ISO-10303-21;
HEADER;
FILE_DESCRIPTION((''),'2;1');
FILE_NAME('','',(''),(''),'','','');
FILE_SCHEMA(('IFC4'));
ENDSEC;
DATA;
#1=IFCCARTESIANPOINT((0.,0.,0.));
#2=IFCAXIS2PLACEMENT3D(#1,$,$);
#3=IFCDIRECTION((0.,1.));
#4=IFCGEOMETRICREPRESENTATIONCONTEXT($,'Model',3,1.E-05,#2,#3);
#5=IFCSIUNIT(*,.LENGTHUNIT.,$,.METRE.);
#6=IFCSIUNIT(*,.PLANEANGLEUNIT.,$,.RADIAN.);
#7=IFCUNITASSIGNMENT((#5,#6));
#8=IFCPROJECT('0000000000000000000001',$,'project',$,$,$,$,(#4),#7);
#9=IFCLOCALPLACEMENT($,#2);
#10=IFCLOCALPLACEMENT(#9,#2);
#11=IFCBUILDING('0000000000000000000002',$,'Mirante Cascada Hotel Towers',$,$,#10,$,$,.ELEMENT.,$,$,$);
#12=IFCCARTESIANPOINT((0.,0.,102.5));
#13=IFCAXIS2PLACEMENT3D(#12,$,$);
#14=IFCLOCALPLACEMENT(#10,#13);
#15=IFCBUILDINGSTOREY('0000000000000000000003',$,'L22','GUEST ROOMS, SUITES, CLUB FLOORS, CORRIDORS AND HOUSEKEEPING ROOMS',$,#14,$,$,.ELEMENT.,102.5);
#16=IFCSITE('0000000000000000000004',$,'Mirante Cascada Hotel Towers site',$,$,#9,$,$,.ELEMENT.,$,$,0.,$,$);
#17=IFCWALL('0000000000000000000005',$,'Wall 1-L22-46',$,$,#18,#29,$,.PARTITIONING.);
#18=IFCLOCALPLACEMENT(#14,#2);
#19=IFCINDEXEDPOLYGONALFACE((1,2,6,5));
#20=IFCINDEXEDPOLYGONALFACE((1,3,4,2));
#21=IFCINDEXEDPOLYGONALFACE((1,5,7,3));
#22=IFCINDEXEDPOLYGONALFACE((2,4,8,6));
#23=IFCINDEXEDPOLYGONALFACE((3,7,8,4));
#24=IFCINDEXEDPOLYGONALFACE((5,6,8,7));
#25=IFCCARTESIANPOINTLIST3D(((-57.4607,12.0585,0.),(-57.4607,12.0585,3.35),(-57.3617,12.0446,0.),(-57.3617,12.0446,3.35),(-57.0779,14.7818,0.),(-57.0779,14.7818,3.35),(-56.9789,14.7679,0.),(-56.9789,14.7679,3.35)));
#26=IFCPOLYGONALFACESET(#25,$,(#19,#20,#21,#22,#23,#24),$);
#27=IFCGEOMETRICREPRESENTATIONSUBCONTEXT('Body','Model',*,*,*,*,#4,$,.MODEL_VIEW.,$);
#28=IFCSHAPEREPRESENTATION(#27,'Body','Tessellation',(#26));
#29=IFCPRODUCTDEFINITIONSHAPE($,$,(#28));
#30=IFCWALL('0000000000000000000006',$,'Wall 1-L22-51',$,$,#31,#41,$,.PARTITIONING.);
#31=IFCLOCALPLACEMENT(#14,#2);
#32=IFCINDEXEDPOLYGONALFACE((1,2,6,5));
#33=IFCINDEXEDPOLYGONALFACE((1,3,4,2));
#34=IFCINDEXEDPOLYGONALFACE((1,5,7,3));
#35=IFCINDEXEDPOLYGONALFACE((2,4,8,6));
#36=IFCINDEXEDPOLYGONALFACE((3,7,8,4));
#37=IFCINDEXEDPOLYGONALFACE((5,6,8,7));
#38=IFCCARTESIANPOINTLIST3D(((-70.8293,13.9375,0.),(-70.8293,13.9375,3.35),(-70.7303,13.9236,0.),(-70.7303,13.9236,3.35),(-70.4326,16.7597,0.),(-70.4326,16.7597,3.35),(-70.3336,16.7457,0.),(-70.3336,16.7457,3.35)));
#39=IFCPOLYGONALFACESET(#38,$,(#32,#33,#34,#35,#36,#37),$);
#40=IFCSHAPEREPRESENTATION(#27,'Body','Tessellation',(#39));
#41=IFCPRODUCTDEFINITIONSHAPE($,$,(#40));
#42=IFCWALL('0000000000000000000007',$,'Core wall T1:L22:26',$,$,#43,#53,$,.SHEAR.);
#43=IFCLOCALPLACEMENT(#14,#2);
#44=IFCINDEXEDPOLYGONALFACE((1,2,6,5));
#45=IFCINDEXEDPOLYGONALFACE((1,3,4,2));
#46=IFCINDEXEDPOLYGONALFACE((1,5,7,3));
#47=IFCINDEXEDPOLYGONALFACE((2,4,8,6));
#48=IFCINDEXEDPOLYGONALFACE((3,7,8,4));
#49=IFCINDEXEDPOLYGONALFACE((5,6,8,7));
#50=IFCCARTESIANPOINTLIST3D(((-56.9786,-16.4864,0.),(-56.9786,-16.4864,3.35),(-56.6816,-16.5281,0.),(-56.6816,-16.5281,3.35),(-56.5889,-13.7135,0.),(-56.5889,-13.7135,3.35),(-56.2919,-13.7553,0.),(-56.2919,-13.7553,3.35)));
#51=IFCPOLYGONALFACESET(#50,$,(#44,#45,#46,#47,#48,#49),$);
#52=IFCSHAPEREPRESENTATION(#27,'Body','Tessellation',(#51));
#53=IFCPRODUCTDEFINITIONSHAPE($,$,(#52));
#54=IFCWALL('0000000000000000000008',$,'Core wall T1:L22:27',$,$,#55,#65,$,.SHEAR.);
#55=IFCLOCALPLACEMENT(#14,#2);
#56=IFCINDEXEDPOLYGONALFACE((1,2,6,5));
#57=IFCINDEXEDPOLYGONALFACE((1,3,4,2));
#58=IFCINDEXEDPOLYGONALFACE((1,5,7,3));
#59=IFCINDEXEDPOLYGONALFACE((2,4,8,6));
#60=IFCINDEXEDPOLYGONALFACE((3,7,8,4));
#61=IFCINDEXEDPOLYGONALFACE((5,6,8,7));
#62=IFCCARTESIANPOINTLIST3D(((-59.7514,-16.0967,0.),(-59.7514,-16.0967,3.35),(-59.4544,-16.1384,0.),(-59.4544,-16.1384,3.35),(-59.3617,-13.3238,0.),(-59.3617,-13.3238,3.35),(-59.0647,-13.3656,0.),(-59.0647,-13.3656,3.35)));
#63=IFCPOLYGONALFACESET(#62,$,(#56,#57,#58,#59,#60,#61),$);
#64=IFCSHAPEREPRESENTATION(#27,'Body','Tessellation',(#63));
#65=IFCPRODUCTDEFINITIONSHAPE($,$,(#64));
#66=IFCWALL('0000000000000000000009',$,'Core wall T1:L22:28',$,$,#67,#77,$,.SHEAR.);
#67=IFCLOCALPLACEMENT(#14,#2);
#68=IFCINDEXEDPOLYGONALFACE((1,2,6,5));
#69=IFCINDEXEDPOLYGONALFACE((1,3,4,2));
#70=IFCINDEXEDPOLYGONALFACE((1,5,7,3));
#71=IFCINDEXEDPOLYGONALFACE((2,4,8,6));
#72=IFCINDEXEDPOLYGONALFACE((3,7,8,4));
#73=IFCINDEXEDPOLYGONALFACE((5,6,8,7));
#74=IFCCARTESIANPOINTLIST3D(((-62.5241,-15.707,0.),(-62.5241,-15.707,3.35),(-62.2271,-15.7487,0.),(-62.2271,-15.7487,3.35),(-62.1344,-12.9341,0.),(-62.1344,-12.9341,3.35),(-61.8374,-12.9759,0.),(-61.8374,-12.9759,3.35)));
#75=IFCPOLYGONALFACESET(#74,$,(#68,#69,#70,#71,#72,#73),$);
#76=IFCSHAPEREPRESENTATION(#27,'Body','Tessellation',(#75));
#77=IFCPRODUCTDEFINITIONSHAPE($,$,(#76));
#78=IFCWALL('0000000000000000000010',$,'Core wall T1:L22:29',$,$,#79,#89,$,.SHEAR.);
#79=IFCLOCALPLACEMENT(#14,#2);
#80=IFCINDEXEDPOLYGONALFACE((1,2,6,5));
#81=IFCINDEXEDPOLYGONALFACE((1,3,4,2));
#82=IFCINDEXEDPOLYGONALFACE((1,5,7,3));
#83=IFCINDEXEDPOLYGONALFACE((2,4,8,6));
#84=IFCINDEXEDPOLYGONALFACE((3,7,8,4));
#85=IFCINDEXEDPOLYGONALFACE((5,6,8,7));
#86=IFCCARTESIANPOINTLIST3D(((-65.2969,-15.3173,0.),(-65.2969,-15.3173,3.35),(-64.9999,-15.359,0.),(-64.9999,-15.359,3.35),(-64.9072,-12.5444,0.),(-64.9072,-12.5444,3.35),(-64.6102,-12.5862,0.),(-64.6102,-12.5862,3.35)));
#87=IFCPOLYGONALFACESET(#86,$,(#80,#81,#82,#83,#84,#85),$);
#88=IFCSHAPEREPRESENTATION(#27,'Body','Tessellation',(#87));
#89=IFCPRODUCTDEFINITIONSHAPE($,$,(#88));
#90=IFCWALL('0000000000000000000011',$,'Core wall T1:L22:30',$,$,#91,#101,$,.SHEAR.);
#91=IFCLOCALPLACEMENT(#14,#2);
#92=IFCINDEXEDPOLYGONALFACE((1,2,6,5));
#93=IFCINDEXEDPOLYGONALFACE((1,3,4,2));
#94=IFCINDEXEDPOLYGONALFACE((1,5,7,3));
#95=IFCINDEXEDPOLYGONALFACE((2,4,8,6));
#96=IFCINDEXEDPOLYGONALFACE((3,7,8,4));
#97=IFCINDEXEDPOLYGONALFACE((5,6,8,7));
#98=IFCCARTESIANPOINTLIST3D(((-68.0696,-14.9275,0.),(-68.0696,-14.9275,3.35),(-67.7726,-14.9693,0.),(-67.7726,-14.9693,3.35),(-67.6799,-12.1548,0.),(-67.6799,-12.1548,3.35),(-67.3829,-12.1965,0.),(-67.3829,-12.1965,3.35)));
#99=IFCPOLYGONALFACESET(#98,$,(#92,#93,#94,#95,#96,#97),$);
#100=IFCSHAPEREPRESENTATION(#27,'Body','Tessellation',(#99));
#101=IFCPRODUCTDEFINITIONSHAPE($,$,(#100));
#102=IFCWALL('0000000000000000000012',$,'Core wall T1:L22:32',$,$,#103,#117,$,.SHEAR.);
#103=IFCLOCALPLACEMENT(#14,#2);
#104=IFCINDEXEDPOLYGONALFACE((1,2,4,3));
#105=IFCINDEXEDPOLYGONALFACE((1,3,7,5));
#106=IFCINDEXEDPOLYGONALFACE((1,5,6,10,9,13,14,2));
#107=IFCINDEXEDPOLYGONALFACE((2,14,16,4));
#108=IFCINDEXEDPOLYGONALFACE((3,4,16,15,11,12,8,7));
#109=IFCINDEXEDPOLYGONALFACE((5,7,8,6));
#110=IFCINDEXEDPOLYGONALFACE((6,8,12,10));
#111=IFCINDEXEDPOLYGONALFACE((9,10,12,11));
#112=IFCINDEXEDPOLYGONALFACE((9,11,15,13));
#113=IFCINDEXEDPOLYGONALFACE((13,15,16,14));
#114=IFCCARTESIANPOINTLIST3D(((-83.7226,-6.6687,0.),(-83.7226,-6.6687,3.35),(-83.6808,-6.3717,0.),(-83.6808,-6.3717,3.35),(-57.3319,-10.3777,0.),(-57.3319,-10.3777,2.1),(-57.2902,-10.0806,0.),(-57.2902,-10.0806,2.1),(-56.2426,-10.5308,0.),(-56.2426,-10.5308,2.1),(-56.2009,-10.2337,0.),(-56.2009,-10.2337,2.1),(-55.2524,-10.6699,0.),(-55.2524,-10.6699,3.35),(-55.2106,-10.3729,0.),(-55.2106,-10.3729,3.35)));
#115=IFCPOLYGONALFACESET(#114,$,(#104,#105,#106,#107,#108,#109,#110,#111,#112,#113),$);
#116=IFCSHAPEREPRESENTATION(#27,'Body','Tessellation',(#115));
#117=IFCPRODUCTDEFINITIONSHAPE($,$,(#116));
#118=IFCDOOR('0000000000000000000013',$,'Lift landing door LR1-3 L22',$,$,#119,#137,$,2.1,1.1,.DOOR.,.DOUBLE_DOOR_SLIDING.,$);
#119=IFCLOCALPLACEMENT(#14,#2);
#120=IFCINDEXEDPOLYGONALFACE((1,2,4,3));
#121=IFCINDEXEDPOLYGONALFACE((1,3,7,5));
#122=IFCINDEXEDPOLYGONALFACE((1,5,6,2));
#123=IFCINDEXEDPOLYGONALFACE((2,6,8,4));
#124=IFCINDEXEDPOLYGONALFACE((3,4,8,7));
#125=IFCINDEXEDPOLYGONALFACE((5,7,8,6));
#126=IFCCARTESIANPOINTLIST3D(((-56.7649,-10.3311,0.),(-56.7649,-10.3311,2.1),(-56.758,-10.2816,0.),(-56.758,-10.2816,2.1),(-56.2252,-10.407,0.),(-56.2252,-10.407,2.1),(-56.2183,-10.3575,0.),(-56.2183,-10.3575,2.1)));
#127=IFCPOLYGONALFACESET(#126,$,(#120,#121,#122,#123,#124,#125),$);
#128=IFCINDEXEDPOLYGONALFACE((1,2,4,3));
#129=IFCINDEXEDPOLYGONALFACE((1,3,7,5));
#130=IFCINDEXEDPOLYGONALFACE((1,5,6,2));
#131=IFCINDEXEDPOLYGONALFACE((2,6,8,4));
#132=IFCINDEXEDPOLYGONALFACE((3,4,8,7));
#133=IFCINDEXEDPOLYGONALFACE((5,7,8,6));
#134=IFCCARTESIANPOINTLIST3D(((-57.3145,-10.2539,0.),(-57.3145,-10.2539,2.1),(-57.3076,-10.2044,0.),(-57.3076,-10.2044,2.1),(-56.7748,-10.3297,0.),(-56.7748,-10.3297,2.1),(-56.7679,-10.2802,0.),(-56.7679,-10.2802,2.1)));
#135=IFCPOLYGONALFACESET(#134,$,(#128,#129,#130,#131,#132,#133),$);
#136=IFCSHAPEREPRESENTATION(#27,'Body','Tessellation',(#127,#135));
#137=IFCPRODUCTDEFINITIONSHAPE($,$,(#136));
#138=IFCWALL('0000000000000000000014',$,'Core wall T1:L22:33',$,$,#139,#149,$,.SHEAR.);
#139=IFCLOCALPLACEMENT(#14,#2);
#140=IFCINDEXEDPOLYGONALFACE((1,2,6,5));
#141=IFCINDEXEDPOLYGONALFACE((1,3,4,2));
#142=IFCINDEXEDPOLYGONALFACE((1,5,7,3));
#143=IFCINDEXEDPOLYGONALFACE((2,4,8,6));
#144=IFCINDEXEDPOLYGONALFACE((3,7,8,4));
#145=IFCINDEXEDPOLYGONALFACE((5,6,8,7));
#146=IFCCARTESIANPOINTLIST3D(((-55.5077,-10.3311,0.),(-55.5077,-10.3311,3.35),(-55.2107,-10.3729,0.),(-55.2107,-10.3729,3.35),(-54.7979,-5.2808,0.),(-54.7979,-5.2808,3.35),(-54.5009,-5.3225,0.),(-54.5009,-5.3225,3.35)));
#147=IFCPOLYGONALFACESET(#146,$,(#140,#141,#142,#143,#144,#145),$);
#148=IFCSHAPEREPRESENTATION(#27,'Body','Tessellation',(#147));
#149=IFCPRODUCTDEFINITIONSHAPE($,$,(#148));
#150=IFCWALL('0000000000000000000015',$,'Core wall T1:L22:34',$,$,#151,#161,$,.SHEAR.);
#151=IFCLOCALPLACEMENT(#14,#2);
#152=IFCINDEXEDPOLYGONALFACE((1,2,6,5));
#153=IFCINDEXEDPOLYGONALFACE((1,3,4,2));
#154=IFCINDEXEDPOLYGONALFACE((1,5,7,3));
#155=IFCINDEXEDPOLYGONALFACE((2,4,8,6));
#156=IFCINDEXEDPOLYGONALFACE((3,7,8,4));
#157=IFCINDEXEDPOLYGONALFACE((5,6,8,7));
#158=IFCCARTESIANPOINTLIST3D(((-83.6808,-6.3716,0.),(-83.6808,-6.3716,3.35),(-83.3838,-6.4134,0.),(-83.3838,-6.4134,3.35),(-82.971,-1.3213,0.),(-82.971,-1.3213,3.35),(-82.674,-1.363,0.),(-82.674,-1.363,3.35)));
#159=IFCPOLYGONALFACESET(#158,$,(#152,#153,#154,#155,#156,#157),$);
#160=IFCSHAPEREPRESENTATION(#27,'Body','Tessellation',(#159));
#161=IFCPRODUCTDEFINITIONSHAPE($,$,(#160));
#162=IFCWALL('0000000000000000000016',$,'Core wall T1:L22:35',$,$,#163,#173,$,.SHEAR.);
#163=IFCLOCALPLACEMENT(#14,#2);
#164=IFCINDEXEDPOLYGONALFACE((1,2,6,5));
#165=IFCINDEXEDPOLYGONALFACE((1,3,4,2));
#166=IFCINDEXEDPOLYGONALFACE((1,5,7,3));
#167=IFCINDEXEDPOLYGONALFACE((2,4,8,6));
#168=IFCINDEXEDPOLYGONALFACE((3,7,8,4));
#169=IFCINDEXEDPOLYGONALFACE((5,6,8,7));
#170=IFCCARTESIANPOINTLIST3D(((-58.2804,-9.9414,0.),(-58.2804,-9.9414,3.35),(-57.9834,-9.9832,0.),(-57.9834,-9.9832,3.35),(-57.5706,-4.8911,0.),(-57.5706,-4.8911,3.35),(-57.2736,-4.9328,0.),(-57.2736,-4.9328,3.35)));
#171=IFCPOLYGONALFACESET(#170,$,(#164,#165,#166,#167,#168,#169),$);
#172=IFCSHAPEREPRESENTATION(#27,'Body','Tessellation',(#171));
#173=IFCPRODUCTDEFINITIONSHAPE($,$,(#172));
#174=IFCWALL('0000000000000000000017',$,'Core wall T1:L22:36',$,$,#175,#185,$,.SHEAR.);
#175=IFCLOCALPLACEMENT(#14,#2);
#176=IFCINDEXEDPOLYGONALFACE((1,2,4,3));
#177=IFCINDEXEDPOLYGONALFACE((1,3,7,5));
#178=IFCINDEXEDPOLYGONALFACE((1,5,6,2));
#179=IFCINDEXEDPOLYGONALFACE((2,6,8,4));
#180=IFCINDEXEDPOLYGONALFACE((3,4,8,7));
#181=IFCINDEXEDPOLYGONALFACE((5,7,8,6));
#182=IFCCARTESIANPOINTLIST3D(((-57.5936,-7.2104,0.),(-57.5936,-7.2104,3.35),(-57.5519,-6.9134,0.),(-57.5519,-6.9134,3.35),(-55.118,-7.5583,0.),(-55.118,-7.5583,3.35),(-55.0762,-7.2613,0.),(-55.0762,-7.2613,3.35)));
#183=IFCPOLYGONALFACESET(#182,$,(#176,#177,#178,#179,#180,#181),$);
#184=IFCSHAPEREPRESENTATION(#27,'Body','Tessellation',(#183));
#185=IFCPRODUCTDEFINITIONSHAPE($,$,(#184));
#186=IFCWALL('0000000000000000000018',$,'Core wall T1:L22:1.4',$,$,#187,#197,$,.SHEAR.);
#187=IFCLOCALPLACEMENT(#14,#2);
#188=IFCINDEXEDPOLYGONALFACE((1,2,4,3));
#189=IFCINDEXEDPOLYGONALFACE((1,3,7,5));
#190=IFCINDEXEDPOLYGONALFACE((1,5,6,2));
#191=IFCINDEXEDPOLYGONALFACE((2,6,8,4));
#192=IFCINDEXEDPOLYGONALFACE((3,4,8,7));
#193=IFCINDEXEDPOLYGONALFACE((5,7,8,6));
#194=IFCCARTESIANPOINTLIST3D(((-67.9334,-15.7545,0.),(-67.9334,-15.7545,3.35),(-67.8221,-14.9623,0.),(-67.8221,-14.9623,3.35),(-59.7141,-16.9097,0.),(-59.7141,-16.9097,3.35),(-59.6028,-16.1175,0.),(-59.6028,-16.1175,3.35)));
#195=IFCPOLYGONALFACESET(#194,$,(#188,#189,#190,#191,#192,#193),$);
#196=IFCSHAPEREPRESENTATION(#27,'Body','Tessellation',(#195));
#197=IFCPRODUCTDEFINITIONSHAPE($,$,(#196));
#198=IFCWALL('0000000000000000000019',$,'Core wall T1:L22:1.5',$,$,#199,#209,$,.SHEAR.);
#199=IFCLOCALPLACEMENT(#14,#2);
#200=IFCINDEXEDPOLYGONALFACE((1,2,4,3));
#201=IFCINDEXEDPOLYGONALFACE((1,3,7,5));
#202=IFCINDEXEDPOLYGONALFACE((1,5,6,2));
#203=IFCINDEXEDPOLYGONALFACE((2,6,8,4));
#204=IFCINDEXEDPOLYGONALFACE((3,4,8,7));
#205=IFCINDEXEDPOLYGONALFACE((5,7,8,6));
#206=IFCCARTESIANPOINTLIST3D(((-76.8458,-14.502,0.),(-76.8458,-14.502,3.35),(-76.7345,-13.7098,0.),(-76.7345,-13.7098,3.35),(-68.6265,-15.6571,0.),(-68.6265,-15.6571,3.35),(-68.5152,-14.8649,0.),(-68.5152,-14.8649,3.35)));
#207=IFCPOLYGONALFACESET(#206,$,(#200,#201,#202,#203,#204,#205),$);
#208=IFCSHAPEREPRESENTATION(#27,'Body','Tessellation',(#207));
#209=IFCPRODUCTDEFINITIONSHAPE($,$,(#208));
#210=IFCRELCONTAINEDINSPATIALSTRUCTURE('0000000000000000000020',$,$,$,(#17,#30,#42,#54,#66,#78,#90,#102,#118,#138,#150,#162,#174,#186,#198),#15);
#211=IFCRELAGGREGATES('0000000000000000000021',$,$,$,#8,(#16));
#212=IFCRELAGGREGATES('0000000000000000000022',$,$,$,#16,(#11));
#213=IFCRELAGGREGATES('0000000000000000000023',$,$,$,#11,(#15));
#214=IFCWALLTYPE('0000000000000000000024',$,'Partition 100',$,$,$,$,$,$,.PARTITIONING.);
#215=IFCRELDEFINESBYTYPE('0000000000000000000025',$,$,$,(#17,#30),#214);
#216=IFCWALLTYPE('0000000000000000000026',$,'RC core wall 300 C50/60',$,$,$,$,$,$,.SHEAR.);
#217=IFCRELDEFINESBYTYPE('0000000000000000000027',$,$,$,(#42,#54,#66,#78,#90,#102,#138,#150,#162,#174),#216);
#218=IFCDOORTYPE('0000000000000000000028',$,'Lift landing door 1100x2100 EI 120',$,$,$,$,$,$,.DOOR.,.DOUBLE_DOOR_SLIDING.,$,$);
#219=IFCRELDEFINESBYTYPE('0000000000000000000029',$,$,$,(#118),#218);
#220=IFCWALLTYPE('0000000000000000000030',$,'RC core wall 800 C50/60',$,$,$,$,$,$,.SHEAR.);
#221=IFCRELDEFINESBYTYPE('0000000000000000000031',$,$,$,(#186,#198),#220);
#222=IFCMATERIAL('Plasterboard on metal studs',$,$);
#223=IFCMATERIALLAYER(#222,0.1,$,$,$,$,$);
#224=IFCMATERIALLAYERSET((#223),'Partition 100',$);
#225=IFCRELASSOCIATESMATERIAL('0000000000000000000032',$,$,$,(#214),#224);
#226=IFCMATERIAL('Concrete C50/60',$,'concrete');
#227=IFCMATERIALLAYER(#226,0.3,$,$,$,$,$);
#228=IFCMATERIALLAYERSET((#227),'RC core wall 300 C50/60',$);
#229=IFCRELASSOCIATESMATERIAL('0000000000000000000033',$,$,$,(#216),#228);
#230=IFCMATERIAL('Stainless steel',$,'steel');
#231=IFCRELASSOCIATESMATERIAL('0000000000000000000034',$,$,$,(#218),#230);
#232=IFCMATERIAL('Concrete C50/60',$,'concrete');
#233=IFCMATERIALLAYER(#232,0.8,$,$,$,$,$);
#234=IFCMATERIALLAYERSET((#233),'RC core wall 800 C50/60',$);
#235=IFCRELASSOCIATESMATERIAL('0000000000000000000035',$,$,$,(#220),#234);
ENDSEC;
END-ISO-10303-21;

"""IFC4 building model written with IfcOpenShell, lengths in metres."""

from ifc_helpers import new_model, si_unit, direction, frame, frame_2d, origin, place, context, subcontext, project, spatial, rectangle, extrude, material, layer, layer_set, type_object, element, fill, save


model = new_model("IFC4")

# Units and contexts
model_context = context("Model", 3, precision=1e-05, world=origin(), true_north=direction((0.0, 1.0)))
body_context = subcontext(model_context, "Body", "Model", "MODEL_VIEW")
ifc_project = project(units=[si_unit("LENGTHUNIT", "METRE"), si_unit("PLANEANGLEUNIT", "RADIAN")], contexts=[model_context])

# Site, building, storey
site_placement = place(None, origin())
site = spatial("IfcSite", under=ifc_project, at=site_placement, Name="Mirante Cascada Hotel Towers site", CompositionType="ELEMENT", RefElevation=0.0)
building_placement = place(site_placement, origin())
building = spatial("IfcBuilding", under=site, at=building_placement, Name="Mirante Cascada Hotel Towers", CompositionType="ELEMENT")
storey_placement = place(building_placement, frame((0.0, 0.0, 102.5)))
storey = spatial("IfcBuildingStorey", under=building, at=storey_placement, Name="L22", Description="GUEST ROOMS, SUITES, CLUB FLOORS, CORRIDORS AND HOUSEKEEPING ROOMS", CompositionType="ELEMENT", Elevation=102.5)

# Walls
ifc_material_1 = material(Name="Plasterboard on metal studs")
ifc_layer_1 = layer(ifc_material_1, 0.1)
ifc_layer_set_1 = layer_set([ifc_layer_1], Name="Partition 100")
wall_type_1 = type_object("IfcWallType", Name="Partition 100", PredefinedType="PARTITIONING", material=ifc_layer_set_1)
wall_1_placement = place(storey_placement, frame((-57.0284, 14.7749, 0.0), z_axis=(0.0, 0.0, 1.0), x_axis=(-0.139196, -0.990265, 0.0)))
element("IfcWall", 1, at=wall_1_placement, inside=storey, type_object=wall_type_1, Name="Wall 1-L22-46", PredefinedType="PARTITIONING", context=body_context, shape_type="SweptSolid", body=[
    extrude(rectangle(XDim=2.7501, YDim=0.1, at=frame_2d((1.3751, 0.0))), origin(), (0.0, 0.0, 1.0), 3.35),
])
wall_2_placement = place(storey_placement, frame((-70.7798, 13.9305, 0.0), z_axis=(0.0, 0.0, 1.0), x_axis=(0.139196, 0.990265, 0.0)))
element("IfcWall", 2, at=wall_2_placement, inside=storey, type_object=wall_type_1, Name="Wall 1-L22-51", PredefinedType="PARTITIONING", context=body_context, shape_type="SweptSolid", body=[
    extrude(rectangle(XDim=2.8499, YDim=0.1, at=frame_2d((1.425, 0.0))), origin(), (0.0, 0.0, 1.0), 3.35),
])
ifc_material_2 = material(Name="Concrete C50/60", Category="concrete")
ifc_layer_2 = layer(ifc_material_2, 0.3)
ifc_layer_set_2 = layer_set([ifc_layer_2], Name="RC core wall 300 C50/60")
wall_type_2 = type_object("IfcWallType", Name="RC core wall 300 C50/60", PredefinedType="SHEAR", material=ifc_layer_set_2)
for number, where, z_axis, x_axis, name in (
    (3, (-56.8301, -16.5072, 0.0), (0.0, 0.0, 1.0), (0.139176, 0.990268, 0.0), "Core wall T1:L22:26"),
    (4, (-59.6029, -16.1175, 0.0), (0.0, 0.0, 1.0), (0.139176, 0.990268, 0.0), "Core wall T1:L22:27"),
    (5, (-62.3756, -15.7278, 0.0), (0.0, 0.0, 1.0), (0.139176, 0.990268, 0.0), "Core wall T1:L22:28"),
    (6, (-65.1484, -15.3381, 0.0), (0.0, 0.0, 1.0), (0.139176, 0.990268, 0.0), "Core wall T1:L22:29"),
):
    element("IfcWall", number, at=place(storey_placement, frame(where, z_axis=z_axis, x_axis=x_axis)), inside=storey, type_object=wall_type_2, Name=name, PredefinedType="SHEAR", context=body_context, shape_type="SweptSolid", body=[
        extrude(rectangle(XDim=2.8001, YDim=0.3, at=frame_2d((1.4, 0.0))), origin(), (0.0, 0.0, 1.0), 3.35),
    ])
wall_3_placement = place(storey_placement, frame((-67.9211, -14.9484, 0.0), z_axis=(0.0, 0.0, 1.0), x_axis=(0.139181, 0.990267, 0.0)))
element("IfcWall", 7, at=wall_3_placement, inside=storey, type_object=wall_type_2, Name="Core wall T1:L22:30", PredefinedType="SHEAR", context=body_context, shape_type="SweptSolid", body=[
    extrude(rectangle(XDim=2.8, YDim=0.3, at=frame_2d((1.4, 0.0))), origin(), (0.0, 0.0, 1.0), 3.35),
])

# Wall, opening, door
wall_4_placement = place(storey_placement, frame((-55.2315, -10.5214, 0.0), z_axis=(0.0, 0.0, 1.0), x_axis=(-0.990268, 0.139172, 0.0)))
wall_4 = element("IfcWall", 8, at=wall_4_placement, inside=storey, type_object=wall_type_2, Name="Core wall T1:L22:32", PredefinedType="SHEAR", context=body_context, shape_type="SweptSolid", body=[
    extrude(rectangle(XDim=28.75, YDim=0.3, at=frame_2d((14.375, 0.0))), origin(), (0.0, 0.0, 1.0), 3.35),
])
opening_placement = place(wall_4_placement, frame((1.0, 0.0, 0.0)))
opening = element("IfcOpeningElement", 9, at=opening_placement, cuts=wall_4, PredefinedType="OPENING", context=body_context, shape_type="SweptSolid", body=[
    extrude(rectangle(XDim=1.1, YDim=2.1, at=frame_2d((0.55, 1.05))), frame((0.0, 0.15, 0.0), z_axis=(0.0, -1.0, 0.0), x_axis=(1.0, 0.0, 0.0)), (0.0, 0.0, 1.0), 0.3),
])
ifc_material_3 = material(Name="Stainless steel", Category="steel")
door_type = type_object("IfcDoorType", Name="Lift landing door 1100x2100 EI 120", OperationType="DOUBLE_DOOR_SLIDING", PredefinedType="DOOR", material=ifc_material_3)
door_placement = place(opening_placement, origin())
door = element("IfcDoor", 10, at=door_placement, inside=storey, type_object=door_type, Name="Lift landing door LR1-3 L22", OperationType="DOUBLE_DOOR_SLIDING", OverallHeight=2.1, OverallWidth=1.1, PredefinedType="DOOR", context=body_context, shape_type="SweptSolid", body=[
    extrude(rectangle(XDim=0.545, YDim=2.1, at=frame_2d((0.2725, 1.05))), frame((0.0, 0.025, 0.0), z_axis=(0.0, -1.0, 0.0), x_axis=(1.0, 0.0, 0.0)), (0.0, 0.0, 1.0), 0.05),
    extrude(rectangle(XDim=0.545, YDim=2.1, at=frame_2d((0.8275, 1.05))), frame((0.0, 0.025, 0.0), z_axis=(0.0, -1.0, 0.0), x_axis=(1.0, 0.0, 0.0)), (0.0, 0.0, 1.0), 0.05),
])
fill(opening, door)

# Walls
for number, where, z_axis, x_axis, name in (
    (11, (-55.3592, -10.352, 0.0), (0.0, 0.0, 1.0), (0.139176, 0.990268, 0.0), "Core wall T1:L22:33"),
    (12, (-83.5323, -6.3925, 0.0), (0.0, 0.0, 1.0), (0.139176, 0.990268, 0.0), "Core wall T1:L22:34"),
    (13, (-58.1319, -9.9623, 0.0), (0.0, 0.0, 1.0), (0.139176, 0.990268, 0.0), "Core wall T1:L22:35"),
):
    element("IfcWall", number, at=place(storey_placement, frame(where, z_axis=z_axis, x_axis=x_axis)), inside=storey, type_object=wall_type_2, Name=name, PredefinedType="SHEAR", context=body_context, shape_type="SweptSolid", body=[
        extrude(rectangle(XDim=5.1, YDim=0.3, at=frame_2d((2.55, 0.0))), origin(), (0.0, 0.0, 1.0), 3.35),
    ])
wall_5_placement = place(storey_placement, frame((-55.0971, -7.4098, 0.0), z_axis=(0.0, 0.0, 1.0), x_axis=(-0.99027, 0.139159, 0.0)))
element("IfcWall", 14, at=wall_5_placement, inside=storey, type_object=wall_type_2, Name="Core wall T1:L22:36", PredefinedType="SHEAR", context=body_context, shape_type="SweptSolid", body=[
    extrude(rectangle(XDim=2.5, YDim=0.3, at=frame_2d((1.25, 0.0))), origin(), (0.0, 0.0, 1.0), 3.35),
])
ifc_material_4 = material(Name="Concrete C50/60", Category="concrete")
ifc_layer_3 = layer(ifc_material_4, 0.8)
ifc_layer_set_3 = layer_set([ifc_layer_3], Name="RC core wall 800 C50/60")
wall_type_3 = type_object("IfcWallType", Name="RC core wall 800 C50/60", PredefinedType="SHEAR", material=ifc_layer_set_3)
for number, where, z_axis, x_axis, name in (
    (15, (-59.6585, -16.5136, 0.0), (0.0, 0.0, 1.0), (-0.990267, 0.139179, 0.0), "Core wall T1:L22:1.4"),
    (16, (-68.5709, -15.261, 0.0), (0.0, 0.0, 1.0), (-0.990269, 0.139167, 0.0), "Core wall T1:L22:1.5"),
):
    element("IfcWall", number, at=place(storey_placement, frame(where, z_axis=z_axis, x_axis=x_axis)), inside=storey, type_object=wall_type_3, Name=name, PredefinedType="SHEAR", context=body_context, shape_type="SweptSolid", body=[
        extrude(rectangle(XDim=8.3001, YDim=0.8, at=frame_2d((4.15, 0.0))), origin(), (0.0, 0.0, 1.0), 3.35),
    ])

save(model, "model.ifc")
